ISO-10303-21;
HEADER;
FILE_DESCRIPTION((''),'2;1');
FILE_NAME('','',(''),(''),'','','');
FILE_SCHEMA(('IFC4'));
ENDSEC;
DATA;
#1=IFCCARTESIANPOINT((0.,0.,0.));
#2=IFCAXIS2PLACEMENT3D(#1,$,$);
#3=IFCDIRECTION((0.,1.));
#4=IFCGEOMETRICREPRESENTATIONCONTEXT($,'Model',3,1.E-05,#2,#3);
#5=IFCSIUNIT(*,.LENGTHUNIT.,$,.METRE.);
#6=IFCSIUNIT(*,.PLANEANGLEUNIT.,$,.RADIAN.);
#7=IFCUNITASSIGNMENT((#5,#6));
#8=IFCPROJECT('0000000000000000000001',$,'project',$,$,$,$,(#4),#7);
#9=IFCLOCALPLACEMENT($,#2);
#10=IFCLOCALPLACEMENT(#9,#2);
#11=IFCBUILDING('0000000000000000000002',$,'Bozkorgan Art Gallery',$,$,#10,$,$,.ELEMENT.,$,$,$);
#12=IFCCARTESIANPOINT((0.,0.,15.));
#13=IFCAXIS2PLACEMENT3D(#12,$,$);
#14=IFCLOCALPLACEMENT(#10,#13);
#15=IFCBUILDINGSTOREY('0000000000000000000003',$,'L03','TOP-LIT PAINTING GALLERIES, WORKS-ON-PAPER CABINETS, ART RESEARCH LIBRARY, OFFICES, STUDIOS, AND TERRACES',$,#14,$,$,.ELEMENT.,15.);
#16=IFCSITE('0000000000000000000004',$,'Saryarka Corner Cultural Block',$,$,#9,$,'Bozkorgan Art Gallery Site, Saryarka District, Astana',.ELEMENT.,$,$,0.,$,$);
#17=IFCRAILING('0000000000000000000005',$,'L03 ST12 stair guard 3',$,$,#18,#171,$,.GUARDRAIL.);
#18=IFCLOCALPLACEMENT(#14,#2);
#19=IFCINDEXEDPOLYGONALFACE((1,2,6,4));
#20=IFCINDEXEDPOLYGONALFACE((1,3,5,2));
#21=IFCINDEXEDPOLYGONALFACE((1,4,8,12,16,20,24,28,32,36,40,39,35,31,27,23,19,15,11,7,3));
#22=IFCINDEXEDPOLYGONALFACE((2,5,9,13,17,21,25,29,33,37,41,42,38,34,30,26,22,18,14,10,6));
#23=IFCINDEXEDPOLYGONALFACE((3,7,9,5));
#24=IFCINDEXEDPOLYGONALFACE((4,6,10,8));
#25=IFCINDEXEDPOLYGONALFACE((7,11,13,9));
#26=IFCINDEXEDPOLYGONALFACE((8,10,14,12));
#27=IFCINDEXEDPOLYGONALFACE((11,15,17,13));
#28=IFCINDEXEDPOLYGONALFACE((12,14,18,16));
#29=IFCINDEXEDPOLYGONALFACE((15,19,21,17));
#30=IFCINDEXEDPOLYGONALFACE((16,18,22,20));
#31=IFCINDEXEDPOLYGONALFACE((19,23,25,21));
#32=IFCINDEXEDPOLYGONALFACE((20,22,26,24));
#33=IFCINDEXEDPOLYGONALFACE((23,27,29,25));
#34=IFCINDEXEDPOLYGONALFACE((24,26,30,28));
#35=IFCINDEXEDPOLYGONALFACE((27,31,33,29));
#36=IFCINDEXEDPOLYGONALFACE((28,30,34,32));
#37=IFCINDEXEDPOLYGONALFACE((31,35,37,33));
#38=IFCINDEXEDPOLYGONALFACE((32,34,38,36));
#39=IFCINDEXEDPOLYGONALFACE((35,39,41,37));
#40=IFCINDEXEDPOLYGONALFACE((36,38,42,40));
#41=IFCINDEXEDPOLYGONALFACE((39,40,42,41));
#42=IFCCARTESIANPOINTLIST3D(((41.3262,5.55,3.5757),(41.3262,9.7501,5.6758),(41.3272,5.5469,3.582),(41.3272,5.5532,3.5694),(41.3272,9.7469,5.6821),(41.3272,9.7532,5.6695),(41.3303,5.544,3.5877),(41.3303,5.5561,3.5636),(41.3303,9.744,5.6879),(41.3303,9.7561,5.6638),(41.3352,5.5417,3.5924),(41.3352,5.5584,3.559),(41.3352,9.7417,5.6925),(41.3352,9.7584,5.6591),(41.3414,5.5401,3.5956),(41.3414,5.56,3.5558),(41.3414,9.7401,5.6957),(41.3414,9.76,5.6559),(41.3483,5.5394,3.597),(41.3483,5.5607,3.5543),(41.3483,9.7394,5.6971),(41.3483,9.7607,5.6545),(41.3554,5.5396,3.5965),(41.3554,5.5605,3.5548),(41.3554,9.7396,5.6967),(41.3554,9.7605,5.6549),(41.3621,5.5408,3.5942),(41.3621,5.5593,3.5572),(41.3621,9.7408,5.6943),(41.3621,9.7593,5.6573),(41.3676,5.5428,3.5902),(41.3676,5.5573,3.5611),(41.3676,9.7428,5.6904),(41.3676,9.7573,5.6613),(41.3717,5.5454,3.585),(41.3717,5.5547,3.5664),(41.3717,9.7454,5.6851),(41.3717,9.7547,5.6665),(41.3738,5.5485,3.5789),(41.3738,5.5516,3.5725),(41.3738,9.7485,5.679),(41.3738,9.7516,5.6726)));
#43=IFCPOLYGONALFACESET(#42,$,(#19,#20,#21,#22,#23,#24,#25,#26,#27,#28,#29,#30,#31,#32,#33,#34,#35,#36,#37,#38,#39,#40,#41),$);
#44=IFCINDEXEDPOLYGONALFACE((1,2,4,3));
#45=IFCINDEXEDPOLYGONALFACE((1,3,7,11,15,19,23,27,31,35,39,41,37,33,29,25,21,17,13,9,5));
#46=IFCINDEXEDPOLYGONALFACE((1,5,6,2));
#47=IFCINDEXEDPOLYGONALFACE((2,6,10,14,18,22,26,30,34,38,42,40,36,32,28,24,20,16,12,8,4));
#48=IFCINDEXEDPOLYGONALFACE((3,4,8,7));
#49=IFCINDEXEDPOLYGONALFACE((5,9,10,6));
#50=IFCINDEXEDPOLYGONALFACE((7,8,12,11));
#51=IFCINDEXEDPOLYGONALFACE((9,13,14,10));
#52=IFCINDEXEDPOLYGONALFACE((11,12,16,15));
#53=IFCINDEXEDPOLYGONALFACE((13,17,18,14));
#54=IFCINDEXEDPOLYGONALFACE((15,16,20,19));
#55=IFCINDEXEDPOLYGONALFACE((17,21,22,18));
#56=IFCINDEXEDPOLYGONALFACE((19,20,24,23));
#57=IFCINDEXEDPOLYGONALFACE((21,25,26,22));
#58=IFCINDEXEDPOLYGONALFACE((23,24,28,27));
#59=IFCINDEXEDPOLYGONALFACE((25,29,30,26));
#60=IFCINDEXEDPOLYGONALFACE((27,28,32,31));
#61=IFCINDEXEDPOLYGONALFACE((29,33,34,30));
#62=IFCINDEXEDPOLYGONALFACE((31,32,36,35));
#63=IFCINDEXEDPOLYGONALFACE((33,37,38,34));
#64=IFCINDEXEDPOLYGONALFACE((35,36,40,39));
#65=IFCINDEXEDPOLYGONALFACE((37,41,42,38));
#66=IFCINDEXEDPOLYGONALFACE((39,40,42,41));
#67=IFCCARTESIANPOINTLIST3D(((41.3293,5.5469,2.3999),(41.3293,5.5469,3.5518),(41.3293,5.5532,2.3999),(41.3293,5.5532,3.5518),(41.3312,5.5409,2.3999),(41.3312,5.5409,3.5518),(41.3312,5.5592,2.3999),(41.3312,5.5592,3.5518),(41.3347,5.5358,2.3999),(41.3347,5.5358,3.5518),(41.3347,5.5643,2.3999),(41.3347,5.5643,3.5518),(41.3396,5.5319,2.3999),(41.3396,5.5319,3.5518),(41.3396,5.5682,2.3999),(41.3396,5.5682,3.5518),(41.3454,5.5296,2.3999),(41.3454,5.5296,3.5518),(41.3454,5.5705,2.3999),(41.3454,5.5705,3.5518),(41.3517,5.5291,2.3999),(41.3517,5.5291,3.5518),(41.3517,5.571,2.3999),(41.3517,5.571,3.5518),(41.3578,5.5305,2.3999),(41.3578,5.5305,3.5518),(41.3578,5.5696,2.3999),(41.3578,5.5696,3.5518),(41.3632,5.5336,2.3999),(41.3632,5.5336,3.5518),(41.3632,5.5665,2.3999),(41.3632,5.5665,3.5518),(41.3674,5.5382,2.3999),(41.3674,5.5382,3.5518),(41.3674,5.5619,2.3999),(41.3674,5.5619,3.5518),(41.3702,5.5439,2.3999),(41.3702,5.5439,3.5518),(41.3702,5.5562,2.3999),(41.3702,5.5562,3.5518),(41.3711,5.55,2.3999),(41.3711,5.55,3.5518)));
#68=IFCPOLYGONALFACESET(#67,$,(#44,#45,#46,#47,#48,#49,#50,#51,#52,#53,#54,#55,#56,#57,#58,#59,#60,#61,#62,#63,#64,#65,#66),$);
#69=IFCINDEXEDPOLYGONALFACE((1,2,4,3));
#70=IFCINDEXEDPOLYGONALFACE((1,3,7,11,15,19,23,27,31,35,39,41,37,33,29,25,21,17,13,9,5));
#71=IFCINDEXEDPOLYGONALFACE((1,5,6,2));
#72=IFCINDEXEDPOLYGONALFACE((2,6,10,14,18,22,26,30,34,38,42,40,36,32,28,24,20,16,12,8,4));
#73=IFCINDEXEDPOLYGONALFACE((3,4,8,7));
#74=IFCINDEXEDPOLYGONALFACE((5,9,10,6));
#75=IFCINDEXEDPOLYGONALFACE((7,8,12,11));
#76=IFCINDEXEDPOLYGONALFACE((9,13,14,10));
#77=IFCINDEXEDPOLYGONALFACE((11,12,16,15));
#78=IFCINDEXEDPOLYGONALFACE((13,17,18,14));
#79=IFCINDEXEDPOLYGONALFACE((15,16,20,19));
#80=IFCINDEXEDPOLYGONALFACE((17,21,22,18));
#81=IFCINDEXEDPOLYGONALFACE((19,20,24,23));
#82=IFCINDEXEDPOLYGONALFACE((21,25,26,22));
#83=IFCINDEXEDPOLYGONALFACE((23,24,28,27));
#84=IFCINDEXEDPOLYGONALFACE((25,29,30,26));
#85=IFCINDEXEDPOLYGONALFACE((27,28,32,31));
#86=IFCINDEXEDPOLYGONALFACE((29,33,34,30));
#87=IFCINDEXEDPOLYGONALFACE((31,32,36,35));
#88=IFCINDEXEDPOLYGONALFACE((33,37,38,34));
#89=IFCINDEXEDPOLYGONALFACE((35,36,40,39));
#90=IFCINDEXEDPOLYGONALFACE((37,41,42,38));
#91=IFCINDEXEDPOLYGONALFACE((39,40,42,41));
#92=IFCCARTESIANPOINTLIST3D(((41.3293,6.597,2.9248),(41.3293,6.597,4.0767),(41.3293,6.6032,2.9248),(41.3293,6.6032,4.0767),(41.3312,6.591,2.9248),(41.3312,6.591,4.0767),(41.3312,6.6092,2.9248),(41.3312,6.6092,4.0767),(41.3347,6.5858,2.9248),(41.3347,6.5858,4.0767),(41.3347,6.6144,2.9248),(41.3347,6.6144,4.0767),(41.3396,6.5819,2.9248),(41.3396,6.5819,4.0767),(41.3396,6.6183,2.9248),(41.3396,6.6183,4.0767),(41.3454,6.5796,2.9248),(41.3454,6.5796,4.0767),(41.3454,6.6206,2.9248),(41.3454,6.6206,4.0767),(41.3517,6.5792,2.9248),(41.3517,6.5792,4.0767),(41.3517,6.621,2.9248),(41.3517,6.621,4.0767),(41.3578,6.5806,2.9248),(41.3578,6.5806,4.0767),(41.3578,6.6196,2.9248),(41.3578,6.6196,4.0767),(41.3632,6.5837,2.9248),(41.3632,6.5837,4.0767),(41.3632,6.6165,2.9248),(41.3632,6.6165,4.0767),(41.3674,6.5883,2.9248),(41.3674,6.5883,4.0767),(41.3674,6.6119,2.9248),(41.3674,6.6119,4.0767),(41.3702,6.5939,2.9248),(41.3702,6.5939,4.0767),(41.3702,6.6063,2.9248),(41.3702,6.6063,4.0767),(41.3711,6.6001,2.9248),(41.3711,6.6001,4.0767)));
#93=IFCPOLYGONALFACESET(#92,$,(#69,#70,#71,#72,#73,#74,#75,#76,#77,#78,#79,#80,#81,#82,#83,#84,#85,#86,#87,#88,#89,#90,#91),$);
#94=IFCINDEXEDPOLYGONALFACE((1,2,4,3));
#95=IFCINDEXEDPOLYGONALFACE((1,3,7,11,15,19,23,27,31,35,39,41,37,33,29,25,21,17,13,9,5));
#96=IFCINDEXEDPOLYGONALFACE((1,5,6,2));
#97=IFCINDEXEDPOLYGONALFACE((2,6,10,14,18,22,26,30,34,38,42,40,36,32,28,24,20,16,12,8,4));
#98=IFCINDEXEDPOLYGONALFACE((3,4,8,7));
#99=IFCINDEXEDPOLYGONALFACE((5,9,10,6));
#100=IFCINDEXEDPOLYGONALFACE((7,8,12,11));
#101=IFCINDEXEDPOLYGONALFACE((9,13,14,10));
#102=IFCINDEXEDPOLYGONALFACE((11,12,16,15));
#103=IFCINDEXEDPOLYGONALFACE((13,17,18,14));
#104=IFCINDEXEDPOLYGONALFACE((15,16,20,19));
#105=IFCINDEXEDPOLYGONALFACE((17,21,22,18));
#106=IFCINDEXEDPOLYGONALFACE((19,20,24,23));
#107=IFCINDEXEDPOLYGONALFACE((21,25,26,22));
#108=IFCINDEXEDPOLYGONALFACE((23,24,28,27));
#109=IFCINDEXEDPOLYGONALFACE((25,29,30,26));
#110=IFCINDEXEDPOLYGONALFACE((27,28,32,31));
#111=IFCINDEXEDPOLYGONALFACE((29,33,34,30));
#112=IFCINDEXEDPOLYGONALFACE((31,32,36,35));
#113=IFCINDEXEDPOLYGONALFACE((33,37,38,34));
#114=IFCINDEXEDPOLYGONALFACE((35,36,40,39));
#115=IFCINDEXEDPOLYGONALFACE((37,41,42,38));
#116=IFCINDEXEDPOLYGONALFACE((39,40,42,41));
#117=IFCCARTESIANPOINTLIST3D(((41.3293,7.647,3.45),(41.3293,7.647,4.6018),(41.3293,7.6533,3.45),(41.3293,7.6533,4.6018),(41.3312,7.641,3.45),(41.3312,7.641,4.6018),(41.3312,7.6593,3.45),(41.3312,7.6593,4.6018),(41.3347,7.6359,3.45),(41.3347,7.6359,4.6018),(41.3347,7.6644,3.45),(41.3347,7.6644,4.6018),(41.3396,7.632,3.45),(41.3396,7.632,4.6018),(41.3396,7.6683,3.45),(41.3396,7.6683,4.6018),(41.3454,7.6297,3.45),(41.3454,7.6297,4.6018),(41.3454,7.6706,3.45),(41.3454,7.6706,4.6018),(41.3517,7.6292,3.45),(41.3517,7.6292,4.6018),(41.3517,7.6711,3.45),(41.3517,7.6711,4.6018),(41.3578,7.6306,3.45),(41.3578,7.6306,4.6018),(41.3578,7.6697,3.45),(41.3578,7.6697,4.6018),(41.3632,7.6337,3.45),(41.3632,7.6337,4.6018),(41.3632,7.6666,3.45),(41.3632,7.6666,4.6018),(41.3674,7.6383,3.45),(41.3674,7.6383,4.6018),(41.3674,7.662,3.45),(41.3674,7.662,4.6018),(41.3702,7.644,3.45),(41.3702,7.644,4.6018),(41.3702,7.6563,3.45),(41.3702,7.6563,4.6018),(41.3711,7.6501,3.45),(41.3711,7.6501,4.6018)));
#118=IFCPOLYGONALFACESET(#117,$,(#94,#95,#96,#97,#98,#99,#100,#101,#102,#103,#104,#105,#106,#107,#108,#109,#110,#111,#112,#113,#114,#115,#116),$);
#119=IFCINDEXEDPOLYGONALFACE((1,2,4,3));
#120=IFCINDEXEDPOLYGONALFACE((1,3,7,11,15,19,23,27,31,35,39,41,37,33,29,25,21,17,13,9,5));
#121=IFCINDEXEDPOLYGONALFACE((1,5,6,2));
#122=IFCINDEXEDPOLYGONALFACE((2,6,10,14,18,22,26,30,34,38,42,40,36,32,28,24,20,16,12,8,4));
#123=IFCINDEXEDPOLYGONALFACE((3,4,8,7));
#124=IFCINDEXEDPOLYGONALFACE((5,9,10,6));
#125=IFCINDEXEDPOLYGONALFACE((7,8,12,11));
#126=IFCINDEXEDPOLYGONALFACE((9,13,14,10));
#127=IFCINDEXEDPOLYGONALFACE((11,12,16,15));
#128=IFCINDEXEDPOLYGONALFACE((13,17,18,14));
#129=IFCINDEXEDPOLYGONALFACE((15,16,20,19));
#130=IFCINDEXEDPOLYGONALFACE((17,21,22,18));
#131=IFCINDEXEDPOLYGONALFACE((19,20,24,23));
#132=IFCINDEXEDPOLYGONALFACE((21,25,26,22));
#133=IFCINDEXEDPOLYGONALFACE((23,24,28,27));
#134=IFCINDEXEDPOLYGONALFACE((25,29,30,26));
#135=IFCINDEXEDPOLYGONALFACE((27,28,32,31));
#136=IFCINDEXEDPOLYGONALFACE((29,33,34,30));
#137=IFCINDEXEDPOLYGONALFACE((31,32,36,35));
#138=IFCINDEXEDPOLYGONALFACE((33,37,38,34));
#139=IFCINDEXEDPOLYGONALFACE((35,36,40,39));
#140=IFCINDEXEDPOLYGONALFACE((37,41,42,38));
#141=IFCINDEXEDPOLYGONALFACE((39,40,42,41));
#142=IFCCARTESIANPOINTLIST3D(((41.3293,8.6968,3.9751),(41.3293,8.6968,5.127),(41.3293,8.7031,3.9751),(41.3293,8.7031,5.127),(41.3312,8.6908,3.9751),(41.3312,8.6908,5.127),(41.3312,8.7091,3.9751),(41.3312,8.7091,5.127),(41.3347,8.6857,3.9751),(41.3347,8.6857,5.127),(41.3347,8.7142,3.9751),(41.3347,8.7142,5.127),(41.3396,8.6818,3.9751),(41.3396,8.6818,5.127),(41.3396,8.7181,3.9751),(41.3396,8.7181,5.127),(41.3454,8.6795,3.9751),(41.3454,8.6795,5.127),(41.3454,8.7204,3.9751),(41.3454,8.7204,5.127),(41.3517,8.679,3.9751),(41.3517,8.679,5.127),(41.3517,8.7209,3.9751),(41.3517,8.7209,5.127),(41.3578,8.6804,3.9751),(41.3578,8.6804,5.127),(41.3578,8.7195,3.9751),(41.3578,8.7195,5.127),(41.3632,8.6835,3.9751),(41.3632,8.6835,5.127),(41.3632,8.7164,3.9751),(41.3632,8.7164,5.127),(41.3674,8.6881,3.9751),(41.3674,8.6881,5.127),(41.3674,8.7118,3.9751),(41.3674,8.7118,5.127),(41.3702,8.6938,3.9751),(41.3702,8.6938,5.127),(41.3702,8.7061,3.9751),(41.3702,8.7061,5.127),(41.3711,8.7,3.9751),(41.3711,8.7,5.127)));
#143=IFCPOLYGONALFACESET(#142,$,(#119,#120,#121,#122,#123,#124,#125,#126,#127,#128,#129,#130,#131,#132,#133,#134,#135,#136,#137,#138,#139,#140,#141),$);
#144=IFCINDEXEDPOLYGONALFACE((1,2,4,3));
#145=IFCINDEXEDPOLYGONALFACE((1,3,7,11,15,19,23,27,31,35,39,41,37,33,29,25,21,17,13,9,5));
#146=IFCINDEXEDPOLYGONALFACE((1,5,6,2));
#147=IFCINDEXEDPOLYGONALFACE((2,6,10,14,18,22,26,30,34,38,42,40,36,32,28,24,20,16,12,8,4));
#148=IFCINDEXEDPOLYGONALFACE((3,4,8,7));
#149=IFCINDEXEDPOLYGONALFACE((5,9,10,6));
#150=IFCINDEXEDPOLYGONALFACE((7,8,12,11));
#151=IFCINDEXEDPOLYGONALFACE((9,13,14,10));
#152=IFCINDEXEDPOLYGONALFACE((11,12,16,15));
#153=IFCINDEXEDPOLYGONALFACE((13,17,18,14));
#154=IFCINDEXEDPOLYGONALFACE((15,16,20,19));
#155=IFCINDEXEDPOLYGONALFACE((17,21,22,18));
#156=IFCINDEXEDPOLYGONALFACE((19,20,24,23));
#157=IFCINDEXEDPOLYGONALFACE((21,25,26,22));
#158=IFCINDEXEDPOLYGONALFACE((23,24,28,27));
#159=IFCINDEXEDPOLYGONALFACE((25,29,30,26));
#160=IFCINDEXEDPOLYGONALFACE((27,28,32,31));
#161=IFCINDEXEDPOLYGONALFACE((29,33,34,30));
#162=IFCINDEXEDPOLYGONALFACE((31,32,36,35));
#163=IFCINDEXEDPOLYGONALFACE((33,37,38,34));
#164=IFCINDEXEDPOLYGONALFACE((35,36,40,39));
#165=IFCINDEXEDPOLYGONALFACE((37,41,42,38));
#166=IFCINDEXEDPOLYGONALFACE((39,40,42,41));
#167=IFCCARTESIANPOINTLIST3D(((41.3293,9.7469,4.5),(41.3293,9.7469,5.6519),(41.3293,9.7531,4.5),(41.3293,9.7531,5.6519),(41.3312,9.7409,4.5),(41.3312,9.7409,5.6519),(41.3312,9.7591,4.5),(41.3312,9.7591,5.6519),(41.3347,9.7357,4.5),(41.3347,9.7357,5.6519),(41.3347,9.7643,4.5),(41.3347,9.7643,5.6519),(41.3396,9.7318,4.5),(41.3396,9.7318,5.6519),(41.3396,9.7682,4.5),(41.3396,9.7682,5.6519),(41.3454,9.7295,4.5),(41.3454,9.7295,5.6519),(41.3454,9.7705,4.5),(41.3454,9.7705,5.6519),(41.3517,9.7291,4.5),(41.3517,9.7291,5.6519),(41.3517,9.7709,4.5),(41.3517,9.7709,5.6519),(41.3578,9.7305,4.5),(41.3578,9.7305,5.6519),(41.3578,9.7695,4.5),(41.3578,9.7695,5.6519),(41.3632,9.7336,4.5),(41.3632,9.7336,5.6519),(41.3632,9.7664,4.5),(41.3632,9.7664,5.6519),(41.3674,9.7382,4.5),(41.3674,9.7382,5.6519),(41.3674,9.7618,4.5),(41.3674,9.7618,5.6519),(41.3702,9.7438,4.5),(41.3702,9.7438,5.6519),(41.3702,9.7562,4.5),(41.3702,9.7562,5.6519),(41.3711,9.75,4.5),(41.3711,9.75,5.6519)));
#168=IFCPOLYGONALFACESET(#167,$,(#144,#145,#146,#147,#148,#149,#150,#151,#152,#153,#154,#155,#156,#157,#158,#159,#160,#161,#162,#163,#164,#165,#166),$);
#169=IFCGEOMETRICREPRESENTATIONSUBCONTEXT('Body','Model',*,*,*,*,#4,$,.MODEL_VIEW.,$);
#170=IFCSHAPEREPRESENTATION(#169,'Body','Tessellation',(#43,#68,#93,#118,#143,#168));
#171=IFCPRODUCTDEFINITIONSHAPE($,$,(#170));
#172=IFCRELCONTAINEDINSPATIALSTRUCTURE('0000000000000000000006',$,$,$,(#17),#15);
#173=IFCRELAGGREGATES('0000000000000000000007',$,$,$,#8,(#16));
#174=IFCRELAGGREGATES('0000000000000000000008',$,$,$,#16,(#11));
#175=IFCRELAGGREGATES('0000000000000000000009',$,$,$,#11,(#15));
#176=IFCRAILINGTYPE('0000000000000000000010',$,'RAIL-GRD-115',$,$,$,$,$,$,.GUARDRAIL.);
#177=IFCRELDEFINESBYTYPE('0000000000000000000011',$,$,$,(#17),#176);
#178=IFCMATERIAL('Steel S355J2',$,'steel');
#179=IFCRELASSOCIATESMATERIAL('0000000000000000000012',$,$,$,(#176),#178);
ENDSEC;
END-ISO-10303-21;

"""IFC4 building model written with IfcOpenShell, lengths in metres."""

from ifc_helpers import new_model, si_unit, direction, frame, origin, origin_2d, place, context, subcontext, project, spatial, circle, extrude, material, type_object, element, save


model = new_model("IFC4")

# Units and contexts
model_context = context("Model", 3, precision=1e-05, world=origin(), true_north=direction((0.0, 1.0)))
body_context = subcontext(model_context, "Body", "Model", "MODEL_VIEW")
ifc_project = project(units=[si_unit("LENGTHUNIT", "METRE"), si_unit("PLANEANGLEUNIT", "RADIAN")], contexts=[model_context])

# Site, building, storey
site_placement = place(None, origin())
site = spatial("IfcSite", under=ifc_project, at=site_placement, Name="Saryarka Corner Cultural Block", LongName="Bozkorgan Art Gallery Site, Saryarka District, Astana", CompositionType="ELEMENT", RefElevation=0.0)
building_placement = place(site_placement, origin())
building = spatial("IfcBuilding", under=site, at=building_placement, Name="Bozkorgan Art Gallery", CompositionType="ELEMENT")
storey_placement = place(building_placement, frame((0.0, 0.0, 15.0)))
storey = spatial("IfcBuildingStorey", under=building, at=storey_placement, Name="L03", Description="TOP-LIT PAINTING GALLERIES, WORKS-ON-PAPER CABINETS, ART RESEARCH LIBRARY, OFFICES, STUDIOS, AND TERRACES", CompositionType="ELEMENT", Elevation=15.0)

# Shared definitions
ifc_material_1 = material(Name="Steel S355J2", Category="steel")

# Railing
railing_type_1 = type_object("IfcRailingType", Name="RAIL-GRD-115", PredefinedType="GUARDRAIL", material=ifc_material_1)
railing_1_placement = place(storey_placement, frame((41.3501, 5.55, 2.3999)))
element("IfcRailing", 1, at=railing_1_placement, inside=storey, type_object=railing_type_1, Name="L03 ST12 stair guard 3", PredefinedType="GUARDRAIL", context=body_context, shape_type="SweptSolid", body=[
    extrude(circle(Radius=0.0239, at=origin_2d()), frame((0.0, 0.0, 1.1758), z_axis=(0.0, 0.894417, 0.447234), x_axis=(-1.0, 0.0, 0.0)), (0.0, 0.0, 1.0), 4.6958),
    extrude(circle(Radius=0.021, at=origin_2d()), origin(), (0.0, 0.0, 1.0), 1.1519),
    extrude(circle(Radius=0.021, at=origin_2d()), frame((0.0, 1.05, 0.5249)), (0.0, 0.0, 1.0), 1.1519),
    extrude(circle(Radius=0.021, at=origin_2d()), frame((0.0, 2.1001, 1.05)), (0.0, 0.0, 1.0), 1.1519),
    extrude(circle(Radius=0.021, at=origin_2d()), frame((0.0, 3.1499, 1.5752)), (0.0, 0.0, 1.0), 1.1519),
    extrude(circle(Radius=0.021, at=origin_2d()), frame((0.0, 4.2, 2.1001)), (0.0, 0.0, 1.0), 1.1519),
])

save(model, "model.ifc")
